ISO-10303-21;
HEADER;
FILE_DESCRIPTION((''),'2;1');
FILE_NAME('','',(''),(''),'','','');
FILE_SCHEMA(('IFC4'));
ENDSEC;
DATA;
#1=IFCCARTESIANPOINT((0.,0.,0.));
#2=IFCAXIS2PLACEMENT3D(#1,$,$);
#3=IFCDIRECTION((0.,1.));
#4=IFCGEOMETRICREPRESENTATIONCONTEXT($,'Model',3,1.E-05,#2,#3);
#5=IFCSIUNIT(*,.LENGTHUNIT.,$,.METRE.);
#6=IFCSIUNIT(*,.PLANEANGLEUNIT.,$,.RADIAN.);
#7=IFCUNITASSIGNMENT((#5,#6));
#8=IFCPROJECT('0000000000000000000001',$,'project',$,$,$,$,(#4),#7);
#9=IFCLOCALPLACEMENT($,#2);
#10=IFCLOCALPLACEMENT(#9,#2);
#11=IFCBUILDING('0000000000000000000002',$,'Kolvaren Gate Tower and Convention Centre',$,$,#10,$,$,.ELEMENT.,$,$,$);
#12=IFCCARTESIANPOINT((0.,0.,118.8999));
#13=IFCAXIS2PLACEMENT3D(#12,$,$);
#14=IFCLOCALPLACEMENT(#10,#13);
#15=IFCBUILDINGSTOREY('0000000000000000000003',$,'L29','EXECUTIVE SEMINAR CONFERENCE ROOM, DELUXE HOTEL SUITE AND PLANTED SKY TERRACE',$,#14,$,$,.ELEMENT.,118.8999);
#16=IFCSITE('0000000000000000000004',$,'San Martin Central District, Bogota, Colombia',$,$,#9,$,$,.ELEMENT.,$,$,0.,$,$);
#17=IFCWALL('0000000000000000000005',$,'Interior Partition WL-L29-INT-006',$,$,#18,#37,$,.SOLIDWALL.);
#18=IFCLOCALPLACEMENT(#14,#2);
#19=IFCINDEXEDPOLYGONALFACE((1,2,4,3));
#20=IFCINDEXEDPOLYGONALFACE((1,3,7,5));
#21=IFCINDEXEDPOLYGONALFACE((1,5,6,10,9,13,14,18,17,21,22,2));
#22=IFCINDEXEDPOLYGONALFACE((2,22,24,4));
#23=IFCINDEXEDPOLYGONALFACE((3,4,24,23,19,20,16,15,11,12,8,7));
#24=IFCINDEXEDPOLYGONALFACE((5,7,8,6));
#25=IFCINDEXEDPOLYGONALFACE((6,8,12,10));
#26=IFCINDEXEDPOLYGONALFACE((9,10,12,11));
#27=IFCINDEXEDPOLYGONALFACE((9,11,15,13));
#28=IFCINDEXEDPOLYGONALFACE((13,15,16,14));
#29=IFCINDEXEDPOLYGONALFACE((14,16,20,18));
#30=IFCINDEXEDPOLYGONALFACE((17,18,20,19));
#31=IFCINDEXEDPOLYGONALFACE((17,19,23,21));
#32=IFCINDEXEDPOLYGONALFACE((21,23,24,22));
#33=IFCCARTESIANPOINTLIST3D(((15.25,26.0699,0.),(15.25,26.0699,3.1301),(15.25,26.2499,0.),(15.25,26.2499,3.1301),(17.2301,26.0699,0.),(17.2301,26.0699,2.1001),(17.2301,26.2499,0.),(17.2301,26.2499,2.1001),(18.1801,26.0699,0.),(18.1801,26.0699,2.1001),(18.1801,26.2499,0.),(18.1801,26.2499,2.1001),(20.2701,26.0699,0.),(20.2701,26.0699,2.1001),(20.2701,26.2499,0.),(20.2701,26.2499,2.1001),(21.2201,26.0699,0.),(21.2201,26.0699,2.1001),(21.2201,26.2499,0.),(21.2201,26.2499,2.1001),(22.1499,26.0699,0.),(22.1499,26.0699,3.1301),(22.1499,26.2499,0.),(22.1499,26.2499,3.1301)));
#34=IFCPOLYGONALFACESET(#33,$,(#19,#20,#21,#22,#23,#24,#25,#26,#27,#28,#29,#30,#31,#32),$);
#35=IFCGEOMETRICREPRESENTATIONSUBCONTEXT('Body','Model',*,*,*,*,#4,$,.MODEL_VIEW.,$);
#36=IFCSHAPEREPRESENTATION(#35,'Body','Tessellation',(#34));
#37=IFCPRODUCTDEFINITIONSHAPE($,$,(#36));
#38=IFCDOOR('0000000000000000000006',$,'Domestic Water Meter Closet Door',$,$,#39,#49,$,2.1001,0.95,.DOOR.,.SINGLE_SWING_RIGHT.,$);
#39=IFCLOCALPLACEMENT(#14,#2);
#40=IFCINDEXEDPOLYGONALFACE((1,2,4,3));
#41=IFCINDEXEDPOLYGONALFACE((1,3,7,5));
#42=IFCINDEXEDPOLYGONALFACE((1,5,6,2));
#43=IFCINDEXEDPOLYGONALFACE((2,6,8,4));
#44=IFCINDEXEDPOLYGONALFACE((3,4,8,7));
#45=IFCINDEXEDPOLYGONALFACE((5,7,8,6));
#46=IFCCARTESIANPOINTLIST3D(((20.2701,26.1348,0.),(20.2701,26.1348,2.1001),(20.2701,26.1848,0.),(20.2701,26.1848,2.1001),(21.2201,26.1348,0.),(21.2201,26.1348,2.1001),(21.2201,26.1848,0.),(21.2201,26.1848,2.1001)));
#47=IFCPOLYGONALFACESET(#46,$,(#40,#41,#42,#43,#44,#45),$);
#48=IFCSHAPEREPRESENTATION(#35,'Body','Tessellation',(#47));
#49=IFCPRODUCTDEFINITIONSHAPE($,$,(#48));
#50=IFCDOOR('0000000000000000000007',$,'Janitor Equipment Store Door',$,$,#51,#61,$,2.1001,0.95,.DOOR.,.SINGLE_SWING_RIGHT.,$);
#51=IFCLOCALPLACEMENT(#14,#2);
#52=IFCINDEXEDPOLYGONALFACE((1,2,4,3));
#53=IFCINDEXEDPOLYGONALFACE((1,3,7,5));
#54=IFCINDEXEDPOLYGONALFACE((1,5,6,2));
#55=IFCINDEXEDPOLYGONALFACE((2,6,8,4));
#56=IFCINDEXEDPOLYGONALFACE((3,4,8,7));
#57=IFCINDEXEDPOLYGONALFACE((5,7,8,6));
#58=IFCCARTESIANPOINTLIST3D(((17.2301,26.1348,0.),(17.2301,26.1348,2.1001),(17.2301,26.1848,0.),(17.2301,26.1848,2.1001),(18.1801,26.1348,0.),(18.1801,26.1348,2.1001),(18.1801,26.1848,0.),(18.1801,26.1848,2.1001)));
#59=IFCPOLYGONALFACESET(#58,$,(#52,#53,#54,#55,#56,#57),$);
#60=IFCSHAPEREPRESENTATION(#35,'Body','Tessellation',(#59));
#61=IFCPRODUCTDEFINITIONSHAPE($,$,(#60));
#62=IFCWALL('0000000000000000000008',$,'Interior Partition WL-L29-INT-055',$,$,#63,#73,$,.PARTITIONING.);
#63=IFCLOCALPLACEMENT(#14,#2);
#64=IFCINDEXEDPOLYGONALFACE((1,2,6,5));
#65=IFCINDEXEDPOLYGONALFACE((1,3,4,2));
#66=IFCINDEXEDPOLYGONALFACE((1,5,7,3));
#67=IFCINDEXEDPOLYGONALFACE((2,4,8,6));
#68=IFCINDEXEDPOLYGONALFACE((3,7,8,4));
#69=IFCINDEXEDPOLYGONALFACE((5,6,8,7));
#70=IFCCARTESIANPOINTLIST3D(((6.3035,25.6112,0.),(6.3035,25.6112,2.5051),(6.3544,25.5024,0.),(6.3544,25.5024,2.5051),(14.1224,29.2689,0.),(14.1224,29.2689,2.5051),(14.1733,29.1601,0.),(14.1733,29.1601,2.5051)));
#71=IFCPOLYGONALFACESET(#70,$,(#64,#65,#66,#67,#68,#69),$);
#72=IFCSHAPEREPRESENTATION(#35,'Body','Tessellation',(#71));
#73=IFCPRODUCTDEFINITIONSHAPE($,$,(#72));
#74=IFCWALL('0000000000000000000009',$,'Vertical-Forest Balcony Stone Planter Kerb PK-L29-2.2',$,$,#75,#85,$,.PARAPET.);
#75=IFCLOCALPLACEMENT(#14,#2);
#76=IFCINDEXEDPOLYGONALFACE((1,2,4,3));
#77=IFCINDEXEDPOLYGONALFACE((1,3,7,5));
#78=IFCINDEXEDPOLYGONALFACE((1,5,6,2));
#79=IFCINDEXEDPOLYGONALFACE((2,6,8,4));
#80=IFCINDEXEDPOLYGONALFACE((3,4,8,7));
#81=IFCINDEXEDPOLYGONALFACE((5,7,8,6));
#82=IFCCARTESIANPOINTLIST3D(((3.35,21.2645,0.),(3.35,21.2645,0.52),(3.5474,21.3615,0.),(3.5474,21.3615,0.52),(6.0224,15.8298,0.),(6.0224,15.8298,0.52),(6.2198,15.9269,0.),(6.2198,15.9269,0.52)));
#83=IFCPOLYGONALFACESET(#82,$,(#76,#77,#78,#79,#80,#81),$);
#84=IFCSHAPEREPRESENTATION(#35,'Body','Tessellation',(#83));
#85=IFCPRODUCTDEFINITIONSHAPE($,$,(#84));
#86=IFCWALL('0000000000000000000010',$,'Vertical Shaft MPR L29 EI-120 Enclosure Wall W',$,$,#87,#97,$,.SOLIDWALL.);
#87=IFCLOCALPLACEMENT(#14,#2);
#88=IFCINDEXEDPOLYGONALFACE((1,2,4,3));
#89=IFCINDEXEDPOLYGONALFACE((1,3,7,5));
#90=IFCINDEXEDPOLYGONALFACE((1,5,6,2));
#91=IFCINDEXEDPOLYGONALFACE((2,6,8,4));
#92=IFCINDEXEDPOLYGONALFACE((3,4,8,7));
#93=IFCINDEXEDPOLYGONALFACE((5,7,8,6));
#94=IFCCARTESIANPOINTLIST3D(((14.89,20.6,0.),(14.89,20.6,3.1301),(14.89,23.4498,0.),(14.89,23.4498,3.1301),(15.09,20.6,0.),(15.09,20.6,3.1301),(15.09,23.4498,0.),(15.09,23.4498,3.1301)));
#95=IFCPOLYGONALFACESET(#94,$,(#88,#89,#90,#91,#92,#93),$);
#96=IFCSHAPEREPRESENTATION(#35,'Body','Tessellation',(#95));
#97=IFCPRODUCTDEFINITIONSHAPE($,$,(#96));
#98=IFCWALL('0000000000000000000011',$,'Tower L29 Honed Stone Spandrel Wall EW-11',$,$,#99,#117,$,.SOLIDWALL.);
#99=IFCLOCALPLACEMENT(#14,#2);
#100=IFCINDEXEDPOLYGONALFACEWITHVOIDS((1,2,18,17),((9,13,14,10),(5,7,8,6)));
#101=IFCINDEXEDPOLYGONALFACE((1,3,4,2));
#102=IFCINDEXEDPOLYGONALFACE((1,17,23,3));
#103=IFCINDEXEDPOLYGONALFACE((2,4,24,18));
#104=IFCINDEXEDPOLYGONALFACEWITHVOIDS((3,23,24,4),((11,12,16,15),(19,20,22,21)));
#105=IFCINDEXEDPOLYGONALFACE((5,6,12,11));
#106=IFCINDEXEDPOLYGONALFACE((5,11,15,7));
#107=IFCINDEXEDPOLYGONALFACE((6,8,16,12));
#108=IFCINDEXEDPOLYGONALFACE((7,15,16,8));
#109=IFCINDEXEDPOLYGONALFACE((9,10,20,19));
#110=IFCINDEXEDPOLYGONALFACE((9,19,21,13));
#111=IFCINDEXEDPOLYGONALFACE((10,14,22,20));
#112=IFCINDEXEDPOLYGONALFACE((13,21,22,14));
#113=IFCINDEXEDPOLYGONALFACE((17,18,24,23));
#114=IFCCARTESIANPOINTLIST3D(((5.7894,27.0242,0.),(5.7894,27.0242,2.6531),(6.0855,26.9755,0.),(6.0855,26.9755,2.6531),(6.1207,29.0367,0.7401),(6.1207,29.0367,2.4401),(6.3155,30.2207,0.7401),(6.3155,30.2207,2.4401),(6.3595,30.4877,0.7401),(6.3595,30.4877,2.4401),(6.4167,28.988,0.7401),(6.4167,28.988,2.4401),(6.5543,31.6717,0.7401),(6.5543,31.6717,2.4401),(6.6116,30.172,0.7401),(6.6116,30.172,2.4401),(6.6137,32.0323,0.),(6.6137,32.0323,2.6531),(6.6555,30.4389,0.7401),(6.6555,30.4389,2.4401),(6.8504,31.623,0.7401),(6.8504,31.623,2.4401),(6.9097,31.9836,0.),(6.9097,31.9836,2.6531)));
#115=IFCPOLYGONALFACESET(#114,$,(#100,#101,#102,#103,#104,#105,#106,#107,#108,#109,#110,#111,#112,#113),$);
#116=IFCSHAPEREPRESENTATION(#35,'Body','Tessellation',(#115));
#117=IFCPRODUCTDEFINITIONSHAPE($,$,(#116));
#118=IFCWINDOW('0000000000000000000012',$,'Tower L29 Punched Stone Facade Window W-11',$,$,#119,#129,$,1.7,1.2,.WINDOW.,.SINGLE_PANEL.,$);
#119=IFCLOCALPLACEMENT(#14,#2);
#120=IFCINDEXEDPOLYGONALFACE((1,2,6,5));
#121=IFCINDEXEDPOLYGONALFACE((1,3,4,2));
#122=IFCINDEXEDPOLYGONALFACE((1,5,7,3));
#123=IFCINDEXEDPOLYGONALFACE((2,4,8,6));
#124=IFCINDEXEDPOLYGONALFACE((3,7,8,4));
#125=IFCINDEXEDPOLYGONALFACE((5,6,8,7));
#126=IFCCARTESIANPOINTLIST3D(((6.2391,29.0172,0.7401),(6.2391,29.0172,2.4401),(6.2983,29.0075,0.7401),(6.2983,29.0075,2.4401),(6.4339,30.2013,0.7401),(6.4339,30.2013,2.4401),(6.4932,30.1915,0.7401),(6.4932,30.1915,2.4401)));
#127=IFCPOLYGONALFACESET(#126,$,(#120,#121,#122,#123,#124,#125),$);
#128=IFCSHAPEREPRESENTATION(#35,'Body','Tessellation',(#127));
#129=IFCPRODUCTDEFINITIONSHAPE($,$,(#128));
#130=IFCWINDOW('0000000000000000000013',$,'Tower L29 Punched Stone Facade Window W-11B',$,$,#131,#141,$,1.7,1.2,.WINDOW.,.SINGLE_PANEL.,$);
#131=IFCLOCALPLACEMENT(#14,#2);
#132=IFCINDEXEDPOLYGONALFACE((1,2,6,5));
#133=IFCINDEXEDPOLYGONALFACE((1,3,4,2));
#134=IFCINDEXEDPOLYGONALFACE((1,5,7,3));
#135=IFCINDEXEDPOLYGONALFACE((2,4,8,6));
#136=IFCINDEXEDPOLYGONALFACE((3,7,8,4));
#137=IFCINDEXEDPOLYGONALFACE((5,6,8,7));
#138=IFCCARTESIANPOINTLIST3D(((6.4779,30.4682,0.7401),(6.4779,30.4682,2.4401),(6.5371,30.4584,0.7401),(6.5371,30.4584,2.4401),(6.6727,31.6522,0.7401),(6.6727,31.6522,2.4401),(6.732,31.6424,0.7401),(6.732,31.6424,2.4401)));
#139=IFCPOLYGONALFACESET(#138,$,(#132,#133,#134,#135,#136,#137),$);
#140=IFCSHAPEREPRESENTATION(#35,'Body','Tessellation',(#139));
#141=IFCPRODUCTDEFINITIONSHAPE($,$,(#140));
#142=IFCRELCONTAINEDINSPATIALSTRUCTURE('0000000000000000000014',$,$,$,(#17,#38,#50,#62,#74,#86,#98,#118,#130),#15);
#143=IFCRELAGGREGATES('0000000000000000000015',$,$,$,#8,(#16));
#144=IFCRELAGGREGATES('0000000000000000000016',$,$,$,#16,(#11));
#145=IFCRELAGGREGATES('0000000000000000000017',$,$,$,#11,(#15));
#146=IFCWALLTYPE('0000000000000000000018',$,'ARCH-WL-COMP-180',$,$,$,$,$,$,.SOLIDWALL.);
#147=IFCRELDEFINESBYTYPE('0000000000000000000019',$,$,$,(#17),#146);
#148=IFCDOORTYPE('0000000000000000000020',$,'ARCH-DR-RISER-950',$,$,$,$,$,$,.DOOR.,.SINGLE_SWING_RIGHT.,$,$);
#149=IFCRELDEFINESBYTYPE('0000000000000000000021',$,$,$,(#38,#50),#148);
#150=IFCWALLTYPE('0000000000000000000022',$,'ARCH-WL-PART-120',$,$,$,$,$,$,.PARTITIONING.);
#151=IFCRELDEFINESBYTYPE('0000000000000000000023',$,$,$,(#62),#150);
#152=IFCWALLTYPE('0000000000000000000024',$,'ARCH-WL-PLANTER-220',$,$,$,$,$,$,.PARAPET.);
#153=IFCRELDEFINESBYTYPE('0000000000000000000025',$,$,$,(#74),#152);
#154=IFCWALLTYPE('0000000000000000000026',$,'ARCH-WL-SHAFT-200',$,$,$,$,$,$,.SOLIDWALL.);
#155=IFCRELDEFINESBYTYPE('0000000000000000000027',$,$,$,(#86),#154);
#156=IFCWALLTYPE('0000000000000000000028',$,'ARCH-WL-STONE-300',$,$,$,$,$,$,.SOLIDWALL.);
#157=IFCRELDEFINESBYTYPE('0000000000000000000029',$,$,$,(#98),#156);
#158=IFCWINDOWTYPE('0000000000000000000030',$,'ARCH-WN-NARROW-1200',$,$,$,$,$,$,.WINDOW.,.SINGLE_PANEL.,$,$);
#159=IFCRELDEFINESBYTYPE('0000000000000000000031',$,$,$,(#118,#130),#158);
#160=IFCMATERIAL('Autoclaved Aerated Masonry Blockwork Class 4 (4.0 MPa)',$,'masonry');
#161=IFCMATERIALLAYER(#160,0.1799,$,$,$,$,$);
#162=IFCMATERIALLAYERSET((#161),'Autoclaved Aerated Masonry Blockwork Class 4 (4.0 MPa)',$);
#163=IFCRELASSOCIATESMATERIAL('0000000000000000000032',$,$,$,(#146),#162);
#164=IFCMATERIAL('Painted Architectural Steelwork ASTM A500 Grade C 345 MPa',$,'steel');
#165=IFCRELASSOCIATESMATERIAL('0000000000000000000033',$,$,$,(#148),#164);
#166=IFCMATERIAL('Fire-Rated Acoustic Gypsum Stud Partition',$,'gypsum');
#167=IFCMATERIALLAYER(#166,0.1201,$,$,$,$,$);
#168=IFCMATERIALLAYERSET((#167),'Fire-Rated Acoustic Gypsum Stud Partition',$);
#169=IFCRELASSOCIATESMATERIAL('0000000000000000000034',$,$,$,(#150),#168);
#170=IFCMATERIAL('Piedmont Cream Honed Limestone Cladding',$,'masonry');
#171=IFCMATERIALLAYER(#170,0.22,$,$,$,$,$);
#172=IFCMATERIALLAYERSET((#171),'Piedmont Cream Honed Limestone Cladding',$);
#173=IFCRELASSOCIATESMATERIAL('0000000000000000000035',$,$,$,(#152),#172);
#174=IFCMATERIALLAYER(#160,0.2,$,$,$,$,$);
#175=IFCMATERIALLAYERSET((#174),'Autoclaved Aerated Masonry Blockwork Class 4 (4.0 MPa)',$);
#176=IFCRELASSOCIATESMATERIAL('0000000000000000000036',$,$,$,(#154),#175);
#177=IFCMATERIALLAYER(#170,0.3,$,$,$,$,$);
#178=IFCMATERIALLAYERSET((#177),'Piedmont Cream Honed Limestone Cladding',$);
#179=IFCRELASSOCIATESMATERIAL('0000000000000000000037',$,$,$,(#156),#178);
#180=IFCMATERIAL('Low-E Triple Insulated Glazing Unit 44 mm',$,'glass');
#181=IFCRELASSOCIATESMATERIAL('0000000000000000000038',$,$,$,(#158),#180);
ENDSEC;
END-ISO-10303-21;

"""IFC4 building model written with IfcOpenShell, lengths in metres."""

from ifc_helpers import new_model, si_unit, direction, frame, frame_2d, origin, place, context, subcontext, project, spatial, rectangle, extrude, material, layer, layer_set, type_object, element, fill, save


model = new_model("IFC4")

# Units and contexts
model_context = context("Model", 3, precision=1e-05, world=origin(), true_north=direction((0.0, 1.0)))
body_context = subcontext(model_context, "Body", "Model", "MODEL_VIEW")
ifc_project = project(units=[si_unit("LENGTHUNIT", "METRE"), si_unit("PLANEANGLEUNIT", "RADIAN")], contexts=[model_context])

# Site, building, storey
site_placement = place(None, origin())
site = spatial("IfcSite", under=ifc_project, at=site_placement, Name="San Martin Central District, Bogota, Colombia", CompositionType="ELEMENT", RefElevation=0.0)
building_placement = place(site_placement, origin())
building = spatial("IfcBuilding", under=site, at=building_placement, Name="Kolvaren Gate Tower and Convention Centre", CompositionType="ELEMENT")
storey_placement = place(building_placement, frame((0.0, 0.0, 118.8999)))
storey = spatial("IfcBuildingStorey", under=building, at=storey_placement, Name="L29", Description="EXECUTIVE SEMINAR CONFERENCE ROOM, DELUXE HOTEL SUITE AND PLANTED SKY TERRACE", CompositionType="ELEMENT", Elevation=118.8999)

# Wall, openings, doors
ifc_material_1 = material(Name="Autoclaved Aerated Masonry Blockwork Class 4 (4.0 MPa)", Category="masonry")
ifc_layer_1 = layer(ifc_material_1, 0.1799)
ifc_layer_set_1 = layer_set([ifc_layer_1], Name="Autoclaved Aerated Masonry Blockwork Class 4 (4.0 MPa)")
wall_type_1 = type_object("IfcWallType", Name="ARCH-WL-COMP-180", PredefinedType="SOLIDWALL", material=ifc_layer_set_1)
wall_1_placement = place(storey_placement, frame((15.25, 26.1599, 0.0), z_axis=(0.0, 0.0, 1.0), x_axis=(1.0, 0.0, 0.0)))
wall_1 = element("IfcWall", 1, at=wall_1_placement, inside=storey, type_object=wall_type_1, Name="Interior Partition WL-L29-INT-006", PredefinedType="SOLIDWALL", context=body_context, shape_type="SweptSolid", body=[
    extrude(rectangle(XDim=6.8999, YDim=0.1799, at=frame_2d((3.45, 0.0))), origin(), (0.0, 0.0, 1.0), 3.1301),
])
opening_1_placement = place(wall_1_placement, frame((5.02, 0.0, 0.0)))
opening_1 = element("IfcOpeningElement", 2, at=opening_1_placement, cuts=wall_1, PredefinedType="OPENING", context=body_context, shape_type="SweptSolid", body=[
    extrude(rectangle(XDim=0.95, YDim=2.1001, at=frame_2d((0.4751, 1.05))), frame((0.0, 0.0999, 0.0), z_axis=(0.0, -1.0, 0.0), x_axis=(1.0, 0.0, 0.0)), (0.0, 0.0, 1.0), 0.2),
])
opening_2_placement = place(wall_1_placement, frame((1.98, 0.0, 0.0)))
opening_2 = element("IfcOpeningElement", 3, at=opening_2_placement, cuts=wall_1, PredefinedType="OPENING", context=body_context, shape_type="SweptSolid", body=[
    extrude(rectangle(XDim=0.95, YDim=2.1001, at=frame_2d((0.4751, 1.05))), frame((0.0, 0.0999, 0.0), z_axis=(0.0, -1.0, 0.0), x_axis=(1.0, 0.0, 0.0)), (0.0, 0.0, 1.0), 0.2),
])
ifc_material_2 = material(Name="Painted Architectural Steelwork ASTM A500 Grade C 345 MPa", Category="steel")
door_type_1 = type_object("IfcDoorType", Name="ARCH-DR-RISER-950", OperationType="SINGLE_SWING_RIGHT", PredefinedType="DOOR", material=ifc_material_2)
door_1_placement = place(opening_1_placement, origin())
door_1 = element("IfcDoor", 4, at=door_1_placement, inside=storey, type_object=door_type_1, Name="Domestic Water Meter Closet Door", OperationType="SINGLE_SWING_RIGHT", OverallHeight=2.1001, OverallWidth=0.95, PredefinedType="DOOR", context=body_context, shape_type="SweptSolid", body=[
    extrude(rectangle(XDim=0.95, YDim=2.1001, at=frame_2d((0.4751, 1.05))), frame((0.0, 0.0249, 0.0), z_axis=(0.0, -1.0, 0.0), x_axis=(1.0, 0.0, 0.0)), (0.0, 0.0, 1.0), 0.05),
])
fill(opening_1, door_1)
door_2_placement = place(opening_2_placement, origin())
door_2 = element("IfcDoor", 5, at=door_2_placement, inside=storey, type_object=door_type_1, Name="Janitor Equipment Store Door", OperationType="SINGLE_SWING_RIGHT", OverallHeight=2.1001, OverallWidth=0.95, PredefinedType="DOOR", context=body_context, shape_type="SweptSolid", body=[
    extrude(rectangle(XDim=0.95, YDim=2.1001, at=frame_2d((0.4751, 1.05))), frame((0.0, 0.0249, 0.0), z_axis=(0.0, -1.0, 0.0), x_axis=(1.0, 0.0, 0.0)), (0.0, 0.0, 1.0), 0.05),
])
fill(opening_2, door_2)

# Walls
ifc_material_3 = material(Name="Fire-Rated Acoustic Gypsum Stud Partition", Category="gypsum")
ifc_layer_2 = layer(ifc_material_3, 0.1201)
ifc_layer_set_2 = layer_set([ifc_layer_2], Name="Fire-Rated Acoustic Gypsum Stud Partition")
wall_type_2 = type_object("IfcWallType", Name="ARCH-WL-PART-120", PredefinedType="PARTITIONING", material=ifc_layer_set_2)
wall_2_placement = place(storey_placement, frame((6.3291, 25.5569, 0.0), z_axis=(0.0, 0.0, 1.0), x_axis=(0.905787, 0.423734, 0.0)))
element("IfcWall", 6, at=wall_2_placement, inside=storey, type_object=wall_type_2, Name="Interior Partition WL-L29-INT-055", PredefinedType="PARTITIONING", context=body_context, shape_type="SweptSolid", body=[
    extrude(rectangle(XDim=8.6321, YDim=0.1201, at=frame_2d((4.3159, 0.0))), origin(), (0.0, 0.0, 1.0), 2.5051),
])
ifc_material_4 = material(Name="Piedmont Cream Honed Limestone Cladding", Category="masonry")
ifc_layer_3 = layer(ifc_material_4, 0.22)
ifc_layer_set_3 = layer_set([ifc_layer_3], Name="Piedmont Cream Honed Limestone Cladding")
wall_type_3 = type_object("IfcWallType", Name="ARCH-WL-PLANTER-220", PredefinedType="PARAPET", material=ifc_layer_set_3)
wall_3_placement = place(storey_placement, frame((3.4487, 21.313, 0.0), z_axis=(0.0, 0.0, 1.0), x_axis=(0.44127, -0.897375, 0.0)))
element("IfcWall", 7, at=wall_3_placement, inside=storey, type_object=wall_type_3, Name="Vertical-Forest Balcony Stone Planter Kerb PK-L29-2.2", PredefinedType="PARAPET", context=body_context, shape_type="SweptSolid", body=[
    extrude(rectangle(XDim=6.0562, YDim=0.22, at=frame_2d((3.0281, 0.0))), origin(), (0.0, 0.0, 1.0), 0.52),
])
ifc_layer_4 = layer(ifc_material_1, 0.2)
ifc_layer_set_4 = layer_set([ifc_layer_4], Name="Autoclaved Aerated Masonry Blockwork Class 4 (4.0 MPa)")
wall_type_4 = type_object("IfcWallType", Name="ARCH-WL-SHAFT-200", PredefinedType="SOLIDWALL", material=ifc_layer_set_4)
wall_4_placement = place(storey_placement, frame((14.99, 20.6001, 0.0), z_axis=(0.0, 0.0, 1.0), x_axis=(0.0, 1.0, 0.0)))
element("IfcWall", 8, at=wall_4_placement, inside=storey, type_object=wall_type_4, Name="Vertical Shaft MPR L29 EI-120 Enclosure Wall W", PredefinedType="SOLIDWALL", context=body_context, shape_type="SweptSolid", body=[
    extrude(rectangle(XDim=2.8499, YDim=0.2, at=frame_2d((1.4248, 0.0))), origin(), (0.0, 0.0, 1.0), 3.1301),
])

# Wall, openings, windows
ifc_layer_5 = layer(ifc_material_4, 0.3)
ifc_layer_set_5 = layer_set([ifc_layer_5], Name="Piedmont Cream Honed Limestone Cladding")
wall_type_5 = type_object("IfcWallType", Name="ARCH-WL-STONE-300", PredefinedType="SOLIDWALL", material=ifc_layer_set_5)
wall_5_placement = place(storey_placement, frame((5.9375, 27.0, 0.0), z_axis=(0.0, 0.0, 1.0), x_axis=(0.162394, 0.986726, 0.0)))
wall_5 = element("IfcWall", 9, at=wall_5_placement, inside=storey, type_object=wall_type_5, Name="Tower L29 Honed Stone Spandrel Wall EW-11", PredefinedType="SOLIDWALL", context=body_context, shape_type="SweptSolid", body=[
    extrude(rectangle(XDim=5.0754, YDim=0.3, at=frame_2d((2.5376, 0.0))), origin(), (0.0, 0.0, 1.0), 2.6531),
])
opening_3_placement = place(wall_5_placement, frame((2.0393, 0.0, 0.74)))
opening_3 = element("IfcOpeningElement", 10, at=opening_3_placement, cuts=wall_5, PredefinedType="OPENING", context=body_context, shape_type="SweptSolid", body=[
    extrude(rectangle(XDim=1.2, YDim=1.7, at=frame_2d((0.6001, 0.8501))), frame((0.0, 0.1599, 0.0), z_axis=(0.0, -1.0, 0.0), x_axis=(1.0, 0.0, 0.0)), (0.0, 0.0, 1.0), 0.3201),
])
opening_4_placement = place(wall_5_placement, frame((3.5098, 0.0, 0.74)))
opening_4 = element("IfcOpeningElement", 11, at=opening_4_placement, cuts=wall_5, PredefinedType="OPENING", context=body_context, shape_type="SweptSolid", body=[
    extrude(rectangle(XDim=1.2, YDim=1.7, at=frame_2d((0.6001, 0.8501))), frame((0.0, 0.1599, 0.0), z_axis=(0.0, -1.0, 0.0), x_axis=(1.0, 0.0, 0.0)), (0.0, 0.0, 1.0), 0.3201),
])
ifc_material_5 = material(Name="Low-E Triple Insulated Glazing Unit 44 mm", Category="glass")
window_type_1 = type_object("IfcWindowType", Name="ARCH-WN-NARROW-1200", PartitioningType="SINGLE_PANEL", PredefinedType="WINDOW", material=ifc_material_5)
window_1_placement = place(opening_3_placement, origin())
window_1 = element("IfcWindow", 12, at=window_1_placement, inside=storey, type_object=window_type_1, Name="Tower L29 Punched Stone Facade Window W-11", OverallHeight=1.7, OverallWidth=1.2, PartitioningType="SINGLE_PANEL", PredefinedType="WINDOW", context=body_context, shape_type="SweptSolid", body=[
    extrude(rectangle(XDim=1.2, YDim=1.7, at=frame_2d((0.6001, 0.8501))), frame((0.0, 0.03, 0.0), z_axis=(0.0, -1.0, 0.0), x_axis=(1.0, 0.0, 0.0)), (0.0, 0.0, 1.0), 0.0601),
])
fill(opening_3, window_1)
window_2_placement = place(opening_4_placement, origin())
window_2 = element("IfcWindow", 13, at=window_2_placement, inside=storey, type_object=window_type_1, Name="Tower L29 Punched Stone Facade Window W-11B", OverallHeight=1.7, OverallWidth=1.2, PartitioningType="SINGLE_PANEL", PredefinedType="WINDOW", context=body_context, shape_type="SweptSolid", body=[
    extrude(rectangle(XDim=1.2, YDim=1.7, at=frame_2d((0.6001, 0.8501))), frame((0.0, 0.03, 0.0), z_axis=(0.0, -1.0, 0.0), x_axis=(1.0, 0.0, 0.0)), (0.0, 0.0, 1.0), 0.0601),
])
fill(opening_4, window_2)

save(model, "model.ifc")
